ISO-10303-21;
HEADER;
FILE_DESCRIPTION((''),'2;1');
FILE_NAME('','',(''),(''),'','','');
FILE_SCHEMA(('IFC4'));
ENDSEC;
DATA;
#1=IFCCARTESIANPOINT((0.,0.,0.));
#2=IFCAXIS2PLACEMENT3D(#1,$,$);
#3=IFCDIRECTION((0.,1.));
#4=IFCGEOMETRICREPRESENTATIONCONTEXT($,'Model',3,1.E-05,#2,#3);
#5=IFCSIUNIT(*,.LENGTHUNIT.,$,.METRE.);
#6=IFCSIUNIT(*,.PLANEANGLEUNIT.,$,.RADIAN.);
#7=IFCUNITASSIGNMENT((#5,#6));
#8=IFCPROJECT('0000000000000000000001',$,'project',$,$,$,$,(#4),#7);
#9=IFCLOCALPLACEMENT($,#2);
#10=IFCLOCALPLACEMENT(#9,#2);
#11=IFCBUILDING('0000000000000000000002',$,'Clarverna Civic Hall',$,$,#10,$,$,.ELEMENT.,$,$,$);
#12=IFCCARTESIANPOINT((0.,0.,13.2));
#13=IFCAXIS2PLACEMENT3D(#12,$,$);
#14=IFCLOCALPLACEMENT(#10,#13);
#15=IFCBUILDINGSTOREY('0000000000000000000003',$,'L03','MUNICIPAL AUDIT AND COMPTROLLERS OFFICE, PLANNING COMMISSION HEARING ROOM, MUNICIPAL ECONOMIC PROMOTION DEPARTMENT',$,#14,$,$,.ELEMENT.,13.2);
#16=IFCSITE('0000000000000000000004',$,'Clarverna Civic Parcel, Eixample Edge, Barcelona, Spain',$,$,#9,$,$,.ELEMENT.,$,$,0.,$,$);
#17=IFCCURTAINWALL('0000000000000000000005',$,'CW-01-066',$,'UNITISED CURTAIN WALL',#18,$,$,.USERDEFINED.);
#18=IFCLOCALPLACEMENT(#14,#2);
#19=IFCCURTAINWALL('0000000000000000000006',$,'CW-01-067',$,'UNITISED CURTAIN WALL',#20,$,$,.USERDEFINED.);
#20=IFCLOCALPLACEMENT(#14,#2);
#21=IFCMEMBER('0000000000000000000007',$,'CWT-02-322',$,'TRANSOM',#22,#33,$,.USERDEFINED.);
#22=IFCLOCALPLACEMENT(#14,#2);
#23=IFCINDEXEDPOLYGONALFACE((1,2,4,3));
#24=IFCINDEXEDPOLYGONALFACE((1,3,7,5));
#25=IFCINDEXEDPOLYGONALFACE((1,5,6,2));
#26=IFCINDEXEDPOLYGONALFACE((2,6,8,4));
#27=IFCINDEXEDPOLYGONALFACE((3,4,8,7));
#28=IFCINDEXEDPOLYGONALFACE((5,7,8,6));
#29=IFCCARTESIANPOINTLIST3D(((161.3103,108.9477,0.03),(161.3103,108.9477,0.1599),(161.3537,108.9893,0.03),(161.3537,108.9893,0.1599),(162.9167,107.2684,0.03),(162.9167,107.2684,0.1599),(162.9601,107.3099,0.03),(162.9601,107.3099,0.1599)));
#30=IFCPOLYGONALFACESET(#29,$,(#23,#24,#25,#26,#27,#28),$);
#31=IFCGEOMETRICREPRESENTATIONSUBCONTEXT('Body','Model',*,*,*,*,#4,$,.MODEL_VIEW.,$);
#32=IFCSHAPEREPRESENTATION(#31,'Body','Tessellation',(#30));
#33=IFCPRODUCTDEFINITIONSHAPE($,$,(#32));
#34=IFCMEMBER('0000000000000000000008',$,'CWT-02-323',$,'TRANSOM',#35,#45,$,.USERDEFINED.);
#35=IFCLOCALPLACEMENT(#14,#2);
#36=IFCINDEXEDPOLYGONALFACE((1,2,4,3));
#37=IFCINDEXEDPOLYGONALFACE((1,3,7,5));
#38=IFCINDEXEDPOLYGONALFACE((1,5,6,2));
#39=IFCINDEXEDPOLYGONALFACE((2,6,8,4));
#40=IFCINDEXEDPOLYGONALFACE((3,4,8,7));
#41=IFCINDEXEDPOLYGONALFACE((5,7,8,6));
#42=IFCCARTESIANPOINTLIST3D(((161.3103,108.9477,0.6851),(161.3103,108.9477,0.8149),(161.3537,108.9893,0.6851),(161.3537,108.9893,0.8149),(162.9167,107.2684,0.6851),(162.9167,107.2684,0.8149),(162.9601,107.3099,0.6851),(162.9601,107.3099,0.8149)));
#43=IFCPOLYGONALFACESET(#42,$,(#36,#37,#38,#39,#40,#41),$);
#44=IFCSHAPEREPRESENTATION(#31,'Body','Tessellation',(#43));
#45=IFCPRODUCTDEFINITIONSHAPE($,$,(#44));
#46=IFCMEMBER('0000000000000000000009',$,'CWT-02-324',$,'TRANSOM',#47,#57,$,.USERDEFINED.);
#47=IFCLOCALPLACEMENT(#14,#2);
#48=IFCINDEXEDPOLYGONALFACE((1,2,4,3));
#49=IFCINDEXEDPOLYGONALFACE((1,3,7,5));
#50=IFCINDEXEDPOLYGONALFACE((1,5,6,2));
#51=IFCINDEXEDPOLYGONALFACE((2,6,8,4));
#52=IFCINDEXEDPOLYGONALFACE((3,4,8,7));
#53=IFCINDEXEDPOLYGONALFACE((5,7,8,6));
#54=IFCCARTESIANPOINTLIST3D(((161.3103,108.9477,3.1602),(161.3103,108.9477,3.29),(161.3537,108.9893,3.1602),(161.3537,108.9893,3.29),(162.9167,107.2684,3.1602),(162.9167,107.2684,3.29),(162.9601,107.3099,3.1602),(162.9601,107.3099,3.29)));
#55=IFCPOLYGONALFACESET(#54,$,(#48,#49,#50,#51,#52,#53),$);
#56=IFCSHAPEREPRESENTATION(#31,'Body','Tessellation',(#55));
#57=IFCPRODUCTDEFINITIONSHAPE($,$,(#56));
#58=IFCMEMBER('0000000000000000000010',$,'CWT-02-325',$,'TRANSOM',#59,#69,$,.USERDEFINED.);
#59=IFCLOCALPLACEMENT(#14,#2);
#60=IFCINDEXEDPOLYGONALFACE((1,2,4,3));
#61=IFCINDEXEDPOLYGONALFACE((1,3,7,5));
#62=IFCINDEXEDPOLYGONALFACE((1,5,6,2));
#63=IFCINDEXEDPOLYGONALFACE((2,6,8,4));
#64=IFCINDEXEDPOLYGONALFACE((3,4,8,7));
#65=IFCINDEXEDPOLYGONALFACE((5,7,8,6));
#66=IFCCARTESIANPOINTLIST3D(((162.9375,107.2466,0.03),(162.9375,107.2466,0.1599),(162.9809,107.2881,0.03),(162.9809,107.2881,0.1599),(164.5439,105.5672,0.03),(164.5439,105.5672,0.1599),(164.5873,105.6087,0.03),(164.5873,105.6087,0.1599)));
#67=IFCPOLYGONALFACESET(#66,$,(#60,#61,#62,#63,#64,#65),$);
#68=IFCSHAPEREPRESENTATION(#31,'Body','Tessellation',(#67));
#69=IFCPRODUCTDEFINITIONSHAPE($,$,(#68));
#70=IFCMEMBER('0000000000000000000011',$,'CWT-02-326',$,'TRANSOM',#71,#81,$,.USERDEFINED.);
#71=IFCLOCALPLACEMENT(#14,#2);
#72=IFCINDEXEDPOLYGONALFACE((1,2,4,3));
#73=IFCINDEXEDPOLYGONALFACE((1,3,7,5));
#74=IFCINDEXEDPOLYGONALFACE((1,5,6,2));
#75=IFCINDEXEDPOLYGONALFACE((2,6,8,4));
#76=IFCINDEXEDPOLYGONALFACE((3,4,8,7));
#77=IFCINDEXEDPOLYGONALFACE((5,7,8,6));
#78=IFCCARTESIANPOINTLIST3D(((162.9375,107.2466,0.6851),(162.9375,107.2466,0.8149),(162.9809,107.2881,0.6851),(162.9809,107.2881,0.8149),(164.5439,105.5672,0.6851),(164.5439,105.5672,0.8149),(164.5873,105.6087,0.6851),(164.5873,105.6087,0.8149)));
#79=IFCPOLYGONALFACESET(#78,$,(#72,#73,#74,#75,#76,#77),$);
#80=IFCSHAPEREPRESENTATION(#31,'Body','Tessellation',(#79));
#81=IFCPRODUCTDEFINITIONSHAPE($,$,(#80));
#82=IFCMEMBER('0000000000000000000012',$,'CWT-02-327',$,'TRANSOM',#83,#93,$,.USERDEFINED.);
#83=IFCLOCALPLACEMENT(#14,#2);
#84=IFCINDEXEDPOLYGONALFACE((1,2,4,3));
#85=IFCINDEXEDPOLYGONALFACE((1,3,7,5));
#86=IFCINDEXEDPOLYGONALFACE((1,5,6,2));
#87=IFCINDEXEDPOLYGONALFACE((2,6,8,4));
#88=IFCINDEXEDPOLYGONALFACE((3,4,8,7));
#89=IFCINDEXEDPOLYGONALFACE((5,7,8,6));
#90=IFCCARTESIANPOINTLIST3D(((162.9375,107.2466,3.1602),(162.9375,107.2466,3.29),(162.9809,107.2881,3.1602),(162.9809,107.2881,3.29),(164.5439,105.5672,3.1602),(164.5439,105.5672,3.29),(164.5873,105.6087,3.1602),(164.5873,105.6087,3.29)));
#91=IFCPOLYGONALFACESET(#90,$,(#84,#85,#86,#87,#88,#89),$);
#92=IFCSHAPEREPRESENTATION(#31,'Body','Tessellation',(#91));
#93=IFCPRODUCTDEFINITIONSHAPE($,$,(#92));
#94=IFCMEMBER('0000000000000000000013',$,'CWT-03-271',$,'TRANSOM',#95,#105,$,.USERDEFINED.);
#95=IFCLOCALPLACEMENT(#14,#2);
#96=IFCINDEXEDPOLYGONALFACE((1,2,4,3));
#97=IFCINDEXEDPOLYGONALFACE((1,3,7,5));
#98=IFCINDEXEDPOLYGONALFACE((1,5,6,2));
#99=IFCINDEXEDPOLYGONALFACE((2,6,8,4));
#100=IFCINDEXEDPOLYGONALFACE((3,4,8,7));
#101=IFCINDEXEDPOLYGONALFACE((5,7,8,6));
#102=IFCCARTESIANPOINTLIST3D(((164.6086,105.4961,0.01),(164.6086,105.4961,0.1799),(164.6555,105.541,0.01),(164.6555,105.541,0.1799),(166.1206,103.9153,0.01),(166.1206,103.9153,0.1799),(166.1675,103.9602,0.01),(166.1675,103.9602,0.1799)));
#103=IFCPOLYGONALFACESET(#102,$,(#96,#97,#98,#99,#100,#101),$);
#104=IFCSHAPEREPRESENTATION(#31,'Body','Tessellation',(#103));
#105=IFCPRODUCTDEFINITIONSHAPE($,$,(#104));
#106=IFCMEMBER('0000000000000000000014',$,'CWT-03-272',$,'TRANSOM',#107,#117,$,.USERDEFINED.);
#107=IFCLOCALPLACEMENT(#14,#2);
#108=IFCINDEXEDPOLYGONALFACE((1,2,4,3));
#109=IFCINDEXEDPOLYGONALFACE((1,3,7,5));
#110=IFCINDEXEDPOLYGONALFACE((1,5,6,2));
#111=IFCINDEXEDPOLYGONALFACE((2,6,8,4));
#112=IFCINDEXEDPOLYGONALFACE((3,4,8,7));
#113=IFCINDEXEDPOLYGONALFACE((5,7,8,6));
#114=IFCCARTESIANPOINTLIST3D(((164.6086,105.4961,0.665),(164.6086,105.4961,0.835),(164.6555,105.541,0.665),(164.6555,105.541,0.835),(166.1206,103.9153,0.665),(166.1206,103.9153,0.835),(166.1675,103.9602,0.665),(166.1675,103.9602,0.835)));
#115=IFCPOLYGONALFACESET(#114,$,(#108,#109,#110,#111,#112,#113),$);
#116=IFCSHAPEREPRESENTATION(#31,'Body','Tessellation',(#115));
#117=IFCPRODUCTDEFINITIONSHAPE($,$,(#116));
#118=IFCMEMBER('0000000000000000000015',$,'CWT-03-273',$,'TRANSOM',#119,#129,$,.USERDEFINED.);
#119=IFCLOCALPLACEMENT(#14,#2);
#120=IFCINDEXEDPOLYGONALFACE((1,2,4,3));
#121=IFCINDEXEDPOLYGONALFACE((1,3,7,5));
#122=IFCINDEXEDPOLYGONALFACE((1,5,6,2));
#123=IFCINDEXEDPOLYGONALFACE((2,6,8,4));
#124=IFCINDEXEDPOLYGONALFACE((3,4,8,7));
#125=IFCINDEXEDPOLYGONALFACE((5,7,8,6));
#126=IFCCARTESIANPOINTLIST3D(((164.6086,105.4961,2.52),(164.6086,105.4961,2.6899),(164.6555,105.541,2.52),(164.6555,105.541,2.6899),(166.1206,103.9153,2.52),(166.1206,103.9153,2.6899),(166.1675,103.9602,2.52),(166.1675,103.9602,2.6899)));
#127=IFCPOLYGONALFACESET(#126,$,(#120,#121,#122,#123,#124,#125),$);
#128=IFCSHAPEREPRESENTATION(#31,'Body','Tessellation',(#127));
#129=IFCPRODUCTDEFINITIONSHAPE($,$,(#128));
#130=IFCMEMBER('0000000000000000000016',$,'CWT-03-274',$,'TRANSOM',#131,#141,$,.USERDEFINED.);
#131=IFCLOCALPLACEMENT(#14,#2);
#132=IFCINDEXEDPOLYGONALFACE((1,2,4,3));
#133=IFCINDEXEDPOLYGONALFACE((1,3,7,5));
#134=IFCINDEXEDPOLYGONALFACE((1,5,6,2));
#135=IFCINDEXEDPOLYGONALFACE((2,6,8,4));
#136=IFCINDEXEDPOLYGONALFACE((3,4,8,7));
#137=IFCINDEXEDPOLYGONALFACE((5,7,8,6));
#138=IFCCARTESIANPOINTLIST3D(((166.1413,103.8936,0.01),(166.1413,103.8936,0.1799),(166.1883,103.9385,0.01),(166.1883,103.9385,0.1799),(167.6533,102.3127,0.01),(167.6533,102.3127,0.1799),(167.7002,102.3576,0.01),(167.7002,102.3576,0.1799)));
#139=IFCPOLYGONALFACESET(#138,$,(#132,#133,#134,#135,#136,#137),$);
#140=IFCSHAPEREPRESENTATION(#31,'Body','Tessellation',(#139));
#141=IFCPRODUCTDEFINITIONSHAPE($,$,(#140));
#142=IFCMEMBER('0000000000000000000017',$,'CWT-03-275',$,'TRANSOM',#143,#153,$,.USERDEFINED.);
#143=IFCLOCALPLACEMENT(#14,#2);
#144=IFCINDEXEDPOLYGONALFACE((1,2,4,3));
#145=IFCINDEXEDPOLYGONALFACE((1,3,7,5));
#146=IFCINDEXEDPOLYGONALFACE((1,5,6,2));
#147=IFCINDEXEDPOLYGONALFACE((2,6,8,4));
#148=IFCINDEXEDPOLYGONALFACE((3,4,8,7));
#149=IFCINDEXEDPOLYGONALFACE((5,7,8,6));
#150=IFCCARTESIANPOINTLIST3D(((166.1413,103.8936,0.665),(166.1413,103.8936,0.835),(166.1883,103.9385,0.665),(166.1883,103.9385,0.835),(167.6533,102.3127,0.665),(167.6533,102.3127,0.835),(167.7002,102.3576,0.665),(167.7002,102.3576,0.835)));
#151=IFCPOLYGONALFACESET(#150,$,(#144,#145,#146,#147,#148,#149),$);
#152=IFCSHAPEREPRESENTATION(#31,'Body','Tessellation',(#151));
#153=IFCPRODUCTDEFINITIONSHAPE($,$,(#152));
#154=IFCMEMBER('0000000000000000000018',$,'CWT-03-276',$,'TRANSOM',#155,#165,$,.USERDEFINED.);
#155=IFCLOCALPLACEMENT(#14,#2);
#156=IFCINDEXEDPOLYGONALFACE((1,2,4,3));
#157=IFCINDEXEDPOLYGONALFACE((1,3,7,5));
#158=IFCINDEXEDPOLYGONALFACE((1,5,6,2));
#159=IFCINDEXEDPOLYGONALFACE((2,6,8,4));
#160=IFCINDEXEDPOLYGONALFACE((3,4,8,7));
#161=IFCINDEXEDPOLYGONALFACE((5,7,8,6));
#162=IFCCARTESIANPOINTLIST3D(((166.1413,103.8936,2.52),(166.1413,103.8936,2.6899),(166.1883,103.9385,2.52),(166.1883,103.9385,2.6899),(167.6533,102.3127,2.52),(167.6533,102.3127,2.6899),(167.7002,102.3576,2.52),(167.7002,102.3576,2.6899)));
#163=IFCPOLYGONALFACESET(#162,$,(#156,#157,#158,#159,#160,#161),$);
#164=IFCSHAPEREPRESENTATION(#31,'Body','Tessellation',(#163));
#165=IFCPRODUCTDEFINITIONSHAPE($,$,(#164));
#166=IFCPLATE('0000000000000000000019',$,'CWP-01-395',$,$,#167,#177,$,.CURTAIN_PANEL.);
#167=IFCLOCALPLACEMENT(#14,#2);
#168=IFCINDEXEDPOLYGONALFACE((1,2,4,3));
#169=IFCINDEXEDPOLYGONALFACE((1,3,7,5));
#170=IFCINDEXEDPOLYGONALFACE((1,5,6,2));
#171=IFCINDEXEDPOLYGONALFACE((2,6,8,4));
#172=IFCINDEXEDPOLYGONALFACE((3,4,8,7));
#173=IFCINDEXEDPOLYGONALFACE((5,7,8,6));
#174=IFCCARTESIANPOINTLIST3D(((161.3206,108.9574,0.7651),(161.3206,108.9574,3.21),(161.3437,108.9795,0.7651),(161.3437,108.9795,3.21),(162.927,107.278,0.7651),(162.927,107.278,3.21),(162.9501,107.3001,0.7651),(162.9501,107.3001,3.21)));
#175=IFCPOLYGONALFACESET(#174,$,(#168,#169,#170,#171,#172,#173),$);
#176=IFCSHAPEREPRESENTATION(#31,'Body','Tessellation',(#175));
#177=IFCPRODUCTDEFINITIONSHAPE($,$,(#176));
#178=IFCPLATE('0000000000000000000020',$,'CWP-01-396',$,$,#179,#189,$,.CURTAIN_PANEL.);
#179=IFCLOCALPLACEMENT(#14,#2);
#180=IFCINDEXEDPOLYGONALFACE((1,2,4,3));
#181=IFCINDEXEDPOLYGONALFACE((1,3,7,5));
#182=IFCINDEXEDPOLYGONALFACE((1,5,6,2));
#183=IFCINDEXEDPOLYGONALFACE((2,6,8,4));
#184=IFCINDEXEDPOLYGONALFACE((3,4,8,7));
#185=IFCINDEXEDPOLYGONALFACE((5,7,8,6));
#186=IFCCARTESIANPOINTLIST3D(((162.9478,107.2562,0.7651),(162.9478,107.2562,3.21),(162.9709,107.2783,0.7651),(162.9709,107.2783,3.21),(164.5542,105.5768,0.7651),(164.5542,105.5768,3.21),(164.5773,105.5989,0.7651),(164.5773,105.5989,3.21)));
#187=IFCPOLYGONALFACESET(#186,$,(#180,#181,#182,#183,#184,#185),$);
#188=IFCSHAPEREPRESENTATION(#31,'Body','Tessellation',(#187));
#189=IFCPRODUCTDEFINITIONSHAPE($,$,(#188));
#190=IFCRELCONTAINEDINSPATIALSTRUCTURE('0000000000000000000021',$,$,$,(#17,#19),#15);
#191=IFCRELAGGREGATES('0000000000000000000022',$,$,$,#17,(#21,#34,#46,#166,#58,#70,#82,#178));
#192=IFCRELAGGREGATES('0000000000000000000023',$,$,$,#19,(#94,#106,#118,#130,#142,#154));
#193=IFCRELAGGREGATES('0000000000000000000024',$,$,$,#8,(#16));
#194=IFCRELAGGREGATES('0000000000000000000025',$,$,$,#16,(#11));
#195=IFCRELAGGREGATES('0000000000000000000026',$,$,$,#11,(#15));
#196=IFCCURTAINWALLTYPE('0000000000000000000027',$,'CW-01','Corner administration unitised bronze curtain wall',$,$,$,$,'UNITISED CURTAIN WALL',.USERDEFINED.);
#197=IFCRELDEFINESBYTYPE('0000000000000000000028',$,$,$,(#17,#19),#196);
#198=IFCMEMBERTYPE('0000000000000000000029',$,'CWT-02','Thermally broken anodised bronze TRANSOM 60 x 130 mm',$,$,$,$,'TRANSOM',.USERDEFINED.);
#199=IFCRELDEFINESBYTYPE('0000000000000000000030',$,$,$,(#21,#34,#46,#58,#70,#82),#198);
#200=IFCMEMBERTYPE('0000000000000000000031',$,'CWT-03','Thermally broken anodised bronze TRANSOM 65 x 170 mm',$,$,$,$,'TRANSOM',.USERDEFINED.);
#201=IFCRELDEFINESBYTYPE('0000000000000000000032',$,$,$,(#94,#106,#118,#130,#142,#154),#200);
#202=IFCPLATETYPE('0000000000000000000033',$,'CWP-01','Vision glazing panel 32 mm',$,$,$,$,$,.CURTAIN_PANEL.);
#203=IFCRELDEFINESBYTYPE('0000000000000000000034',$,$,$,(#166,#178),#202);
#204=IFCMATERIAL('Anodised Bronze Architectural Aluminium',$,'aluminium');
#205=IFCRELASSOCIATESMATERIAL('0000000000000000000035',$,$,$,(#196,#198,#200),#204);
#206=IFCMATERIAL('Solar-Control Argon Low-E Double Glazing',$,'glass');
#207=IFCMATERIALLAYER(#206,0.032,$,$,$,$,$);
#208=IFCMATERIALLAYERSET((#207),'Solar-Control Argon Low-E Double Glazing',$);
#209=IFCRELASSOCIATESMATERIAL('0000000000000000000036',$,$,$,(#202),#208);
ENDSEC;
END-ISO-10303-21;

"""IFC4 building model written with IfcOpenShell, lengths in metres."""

from ifc_helpers import new_model, si_unit, direction, frame, frame_2d, origin, origin_2d, place, context, subcontext, project, spatial, rectangle, extrude, material, layer, layer_set, material_profile, profile_set, type_object, element, aggregate, save


model = new_model("IFC4")

# Units and contexts
model_context = context("Model", 3, precision=1e-05, world=origin(), true_north=direction((0.0, 1.0)))
body_context = subcontext(model_context, "Body", "Model", "MODEL_VIEW")
ifc_project = project(units=[si_unit("LENGTHUNIT", "METRE"), si_unit("PLANEANGLEUNIT", "RADIAN")], contexts=[model_context])

# Site, building, storey
site_placement = place(None, origin())
site = spatial("IfcSite", under=ifc_project, at=site_placement, Name="Clarverna Civic Parcel, Eixample Edge, Barcelona, Spain", CompositionType="ELEMENT", RefElevation=0.0)
building_placement = place(site_placement, origin())
building = spatial("IfcBuilding", under=site, at=building_placement, Name="Clarverna Civic Hall", CompositionType="ELEMENT")
storey_placement = place(building_placement, frame((0.0, 0.0, 13.2)))
storey = spatial("IfcBuildingStorey", under=building, at=storey_placement, Name="L03", Description="MUNICIPAL AUDIT AND COMPTROLLERS OFFICE, PLANNING COMMISSION HEARING ROOM, MUNICIPAL ECONOMIC PROMOTION DEPARTMENT", CompositionType="ELEMENT", Elevation=13.2)

# Shared definitions
ifc_material_1 = material(Name="Anodised Bronze Architectural Aluminium", Category="aluminium")
curtain_wall_type = type_object("IfcCurtainWallType", Name="CW-01", Description="Corner administration unitised bronze curtain wall", ElementType="UNITISED CURTAIN WALL", PredefinedType="USERDEFINED", material=ifc_material_1)

# Curtain walls
curtain_wall_1_placement = place(storey_placement, origin())
curtain_wall_1 = element("IfcCurtainWall", 1, at=curtain_wall_1_placement, inside=storey, type_object=curtain_wall_type, Name="CW-01-066", ObjectType="UNITISED CURTAIN WALL", PredefinedType="USERDEFINED")
curtain_wall_2_placement = place(storey_placement, origin())
curtain_wall_2 = element("IfcCurtainWall", 2, at=curtain_wall_2_placement, inside=storey, type_object=curtain_wall_type, Name="CW-01-067", ObjectType="UNITISED CURTAIN WALL", PredefinedType="USERDEFINED")

# Members
ifc_material_profile_1 = material_profile(ifc_material_1, rectangle(XDim=0.0601, YDim=0.1299, at=origin_2d()), Name="BRONZE 60x130")
ifc_profile_set_1 = profile_set([ifc_material_profile_1], Name="Anodised Bronze Architectural Aluminium")
member_type_1 = type_object("IfcMemberType", Name="CWT-02", Description="Thermally broken anodised bronze TRANSOM 60 x 130 mm", ElementType="TRANSOM", PredefinedType="USERDEFINED", material=ifc_profile_set_1)
member_1_placement = place(storey_placement, frame((161.332, 108.9685, 0.095), z_axis=(0.691227, -0.722637, 0.0), x_axis=(0.722637, 0.691227, 0.0)))
member_1 = element("IfcMember", 3, at=member_1_placement, type_object=member_type_1, Name="CWT-02-322", ObjectType="TRANSOM", PredefinedType="USERDEFINED", context=body_context, shape_type="SweptSolid", body=[
    extrude(rectangle(XDim=0.0601, YDim=0.1299, at=origin_2d()), origin(), (0.0, 0.0, 1.0), 2.324),
])
member_2_placement = place(storey_placement, frame((161.332, 108.9685, 0.75), z_axis=(0.691227, -0.722637, 0.0), x_axis=(0.722637, 0.691227, 0.0)))
member_2 = element("IfcMember", 4, at=member_2_placement, type_object=member_type_1, Name="CWT-02-323", ObjectType="TRANSOM", PredefinedType="USERDEFINED", context=body_context, shape_type="SweptSolid", body=[
    extrude(rectangle(XDim=0.0601, YDim=0.1299, at=origin_2d()), origin(), (0.0, 0.0, 1.0), 2.324),
])
member_3_placement = place(storey_placement, frame((161.332, 108.9685, 3.2251), z_axis=(0.691227, -0.722637, 0.0), x_axis=(0.722637, 0.691227, 0.0)))
member_3 = element("IfcMember", 5, at=member_3_placement, type_object=member_type_1, Name="CWT-02-324", ObjectType="TRANSOM", PredefinedType="USERDEFINED", context=body_context, shape_type="SweptSolid", body=[
    extrude(rectangle(XDim=0.0601, YDim=0.1299, at=origin_2d()), origin(), (0.0, 0.0, 1.0), 2.324),
])
member_4_placement = place(storey_placement, frame((162.9592, 107.2673, 0.095), z_axis=(0.691227, -0.722637, 0.0), x_axis=(0.722637, 0.691227, 0.0)))
member_4 = element("IfcMember", 6, at=member_4_placement, type_object=member_type_1, Name="CWT-02-325", ObjectType="TRANSOM", PredefinedType="USERDEFINED", context=body_context, shape_type="SweptSolid", body=[
    extrude(rectangle(XDim=0.0601, YDim=0.1299, at=origin_2d()), origin(), (0.0, 0.0, 1.0), 2.324),
])
member_5_placement = place(storey_placement, frame((162.9592, 107.2673, 0.75), z_axis=(0.691227, -0.722637, 0.0), x_axis=(0.722637, 0.691227, 0.0)))
member_5 = element("IfcMember", 7, at=member_5_placement, type_object=member_type_1, Name="CWT-02-326", ObjectType="TRANSOM", PredefinedType="USERDEFINED", context=body_context, shape_type="SweptSolid", body=[
    extrude(rectangle(XDim=0.0601, YDim=0.1299, at=origin_2d()), origin(), (0.0, 0.0, 1.0), 2.324),
])
member_6_placement = place(storey_placement, frame((162.9592, 107.2673, 3.2251), z_axis=(0.691227, -0.722637, 0.0), x_axis=(0.722637, 0.691227, 0.0)))
member_6 = element("IfcMember", 8, at=member_6_placement, type_object=member_type_1, Name="CWT-02-327", ObjectType="TRANSOM", PredefinedType="USERDEFINED", context=body_context, shape_type="SweptSolid", body=[
    extrude(rectangle(XDim=0.0601, YDim=0.1299, at=origin_2d()), origin(), (0.0, 0.0, 1.0), 2.324),
])
ifc_material_profile_2 = material_profile(ifc_material_1, rectangle(XDim=0.0649, YDim=0.1699, at=origin_2d()), Name="BRONZE 65x170")
ifc_profile_set_2 = profile_set([ifc_material_profile_2], Name="Anodised Bronze Architectural Aluminium")
member_type_2 = type_object("IfcMemberType", Name="CWT-03", Description="Thermally broken anodised bronze TRANSOM 65 x 170 mm", ElementType="TRANSOM", PredefinedType="USERDEFINED", material=ifc_profile_set_2)
member_7_placement = place(storey_placement, frame((164.6321, 105.5186, 0.095), z_axis=(0.691195, -0.722669, 0.0), x_axis=(0.722669, 0.691195, 0.0)))
member_7 = element("IfcMember", 9, at=member_7_placement, type_object=member_type_2, Name="CWT-03-271", ObjectType="TRANSOM", PredefinedType="USERDEFINED", context=body_context, shape_type="SweptSolid", body=[
    extrude(rectangle(XDim=0.0649, YDim=0.1699, at=origin_2d()), origin(), (0.0, 0.0, 1.0), 2.1875),
])
member_8_placement = place(storey_placement, frame((164.6321, 105.5186, 0.75), z_axis=(0.691195, -0.722669, 0.0), x_axis=(0.722669, 0.691195, 0.0)))
member_8 = element("IfcMember", 10, at=member_8_placement, type_object=member_type_2, Name="CWT-03-272", ObjectType="TRANSOM", PredefinedType="USERDEFINED", context=body_context, shape_type="SweptSolid", body=[
    extrude(rectangle(XDim=0.0649, YDim=0.1699, at=origin_2d()), origin(), (0.0, 0.0, 1.0), 2.1875),
])
member_9_placement = place(storey_placement, frame((164.6321, 105.5186, 2.605), z_axis=(0.691195, -0.722669, 0.0), x_axis=(0.722669, 0.691195, 0.0)))
member_9 = element("IfcMember", 11, at=member_9_placement, type_object=member_type_2, Name="CWT-03-273", ObjectType="TRANSOM", PredefinedType="USERDEFINED", context=body_context, shape_type="SweptSolid", body=[
    extrude(rectangle(XDim=0.0649, YDim=0.1699, at=origin_2d()), origin(), (0.0, 0.0, 1.0), 2.1875),
])
member_10_placement = place(storey_placement, frame((166.1648, 103.916, 0.095), z_axis=(0.691195, -0.722669, 0.0), x_axis=(0.722669, 0.691195, 0.0)))
member_10 = element("IfcMember", 12, at=member_10_placement, type_object=member_type_2, Name="CWT-03-274", ObjectType="TRANSOM", PredefinedType="USERDEFINED", context=body_context, shape_type="SweptSolid", body=[
    extrude(rectangle(XDim=0.0649, YDim=0.1699, at=origin_2d()), origin(), (0.0, 0.0, 1.0), 2.1875),
])
member_11_placement = place(storey_placement, frame((166.1648, 103.916, 0.75), z_axis=(0.691195, -0.722669, 0.0), x_axis=(0.722669, 0.691195, 0.0)))
member_11 = element("IfcMember", 13, at=member_11_placement, type_object=member_type_2, Name="CWT-03-275", ObjectType="TRANSOM", PredefinedType="USERDEFINED", context=body_context, shape_type="SweptSolid", body=[
    extrude(rectangle(XDim=0.0649, YDim=0.1699, at=origin_2d()), origin(), (0.0, 0.0, 1.0), 2.1875),
])
member_12_placement = place(storey_placement, frame((166.1648, 103.916, 2.605), z_axis=(0.691195, -0.722669, 0.0), x_axis=(0.722669, 0.691195, 0.0)))
member_12 = element("IfcMember", 14, at=member_12_placement, type_object=member_type_2, Name="CWT-03-276", ObjectType="TRANSOM", PredefinedType="USERDEFINED", context=body_context, shape_type="SweptSolid", body=[
    extrude(rectangle(XDim=0.0649, YDim=0.1699, at=origin_2d()), origin(), (0.0, 0.0, 1.0), 2.1875),
])

# Plates
ifc_material_2 = material(Name="Solar-Control Argon Low-E Double Glazing", Category="glass")
ifc_layer_1 = layer(ifc_material_2, 0.032)
ifc_layer_set_1 = layer_set([ifc_layer_1], Name="Solar-Control Argon Low-E Double Glazing")
plate_type_1 = type_object("IfcPlateType", Name="CWP-01", Description="Vision glazing panel 32 mm", PredefinedType="CURTAIN_PANEL", material=ifc_layer_set_1)
plate_1_placement = place(storey_placement, frame((161.332, 108.9685, 0.7651), z_axis=(0.0, 0.0, 1.0), x_axis=(0.691227, -0.722637, 0.0)))
plate_1 = element("IfcPlate", 15, at=plate_1_placement, type_object=plate_type_1, Name="CWP-01-395", PredefinedType="CURTAIN_PANEL", context=body_context, shape_type="SweptSolid", body=[
    extrude(rectangle(XDim=2.324, YDim=0.032, at=frame_2d((1.1621, 0.0))), origin(), (0.0, 0.0, 1.0), 2.4448),
])
plate_2_placement = place(storey_placement, frame((162.9592, 107.2673, 0.7651), z_axis=(0.0, 0.0, 1.0), x_axis=(0.691227, -0.722637, 0.0)))
plate_2 = element("IfcPlate", 16, at=plate_2_placement, type_object=plate_type_1, Name="CWP-01-396", PredefinedType="CURTAIN_PANEL", context=body_context, shape_type="SweptSolid", body=[
    extrude(rectangle(XDim=2.324, YDim=0.032, at=frame_2d((1.1621, 0.0))), origin(), (0.0, 0.0, 1.0), 2.4448),
])
aggregate(curtain_wall_1, [member_1, member_2, member_3, plate_1, member_4, member_5, member_6, plate_2])
aggregate(curtain_wall_2, [member_7, member_8, member_9, member_10, member_11, member_12])

save(model, "model.ifc")
